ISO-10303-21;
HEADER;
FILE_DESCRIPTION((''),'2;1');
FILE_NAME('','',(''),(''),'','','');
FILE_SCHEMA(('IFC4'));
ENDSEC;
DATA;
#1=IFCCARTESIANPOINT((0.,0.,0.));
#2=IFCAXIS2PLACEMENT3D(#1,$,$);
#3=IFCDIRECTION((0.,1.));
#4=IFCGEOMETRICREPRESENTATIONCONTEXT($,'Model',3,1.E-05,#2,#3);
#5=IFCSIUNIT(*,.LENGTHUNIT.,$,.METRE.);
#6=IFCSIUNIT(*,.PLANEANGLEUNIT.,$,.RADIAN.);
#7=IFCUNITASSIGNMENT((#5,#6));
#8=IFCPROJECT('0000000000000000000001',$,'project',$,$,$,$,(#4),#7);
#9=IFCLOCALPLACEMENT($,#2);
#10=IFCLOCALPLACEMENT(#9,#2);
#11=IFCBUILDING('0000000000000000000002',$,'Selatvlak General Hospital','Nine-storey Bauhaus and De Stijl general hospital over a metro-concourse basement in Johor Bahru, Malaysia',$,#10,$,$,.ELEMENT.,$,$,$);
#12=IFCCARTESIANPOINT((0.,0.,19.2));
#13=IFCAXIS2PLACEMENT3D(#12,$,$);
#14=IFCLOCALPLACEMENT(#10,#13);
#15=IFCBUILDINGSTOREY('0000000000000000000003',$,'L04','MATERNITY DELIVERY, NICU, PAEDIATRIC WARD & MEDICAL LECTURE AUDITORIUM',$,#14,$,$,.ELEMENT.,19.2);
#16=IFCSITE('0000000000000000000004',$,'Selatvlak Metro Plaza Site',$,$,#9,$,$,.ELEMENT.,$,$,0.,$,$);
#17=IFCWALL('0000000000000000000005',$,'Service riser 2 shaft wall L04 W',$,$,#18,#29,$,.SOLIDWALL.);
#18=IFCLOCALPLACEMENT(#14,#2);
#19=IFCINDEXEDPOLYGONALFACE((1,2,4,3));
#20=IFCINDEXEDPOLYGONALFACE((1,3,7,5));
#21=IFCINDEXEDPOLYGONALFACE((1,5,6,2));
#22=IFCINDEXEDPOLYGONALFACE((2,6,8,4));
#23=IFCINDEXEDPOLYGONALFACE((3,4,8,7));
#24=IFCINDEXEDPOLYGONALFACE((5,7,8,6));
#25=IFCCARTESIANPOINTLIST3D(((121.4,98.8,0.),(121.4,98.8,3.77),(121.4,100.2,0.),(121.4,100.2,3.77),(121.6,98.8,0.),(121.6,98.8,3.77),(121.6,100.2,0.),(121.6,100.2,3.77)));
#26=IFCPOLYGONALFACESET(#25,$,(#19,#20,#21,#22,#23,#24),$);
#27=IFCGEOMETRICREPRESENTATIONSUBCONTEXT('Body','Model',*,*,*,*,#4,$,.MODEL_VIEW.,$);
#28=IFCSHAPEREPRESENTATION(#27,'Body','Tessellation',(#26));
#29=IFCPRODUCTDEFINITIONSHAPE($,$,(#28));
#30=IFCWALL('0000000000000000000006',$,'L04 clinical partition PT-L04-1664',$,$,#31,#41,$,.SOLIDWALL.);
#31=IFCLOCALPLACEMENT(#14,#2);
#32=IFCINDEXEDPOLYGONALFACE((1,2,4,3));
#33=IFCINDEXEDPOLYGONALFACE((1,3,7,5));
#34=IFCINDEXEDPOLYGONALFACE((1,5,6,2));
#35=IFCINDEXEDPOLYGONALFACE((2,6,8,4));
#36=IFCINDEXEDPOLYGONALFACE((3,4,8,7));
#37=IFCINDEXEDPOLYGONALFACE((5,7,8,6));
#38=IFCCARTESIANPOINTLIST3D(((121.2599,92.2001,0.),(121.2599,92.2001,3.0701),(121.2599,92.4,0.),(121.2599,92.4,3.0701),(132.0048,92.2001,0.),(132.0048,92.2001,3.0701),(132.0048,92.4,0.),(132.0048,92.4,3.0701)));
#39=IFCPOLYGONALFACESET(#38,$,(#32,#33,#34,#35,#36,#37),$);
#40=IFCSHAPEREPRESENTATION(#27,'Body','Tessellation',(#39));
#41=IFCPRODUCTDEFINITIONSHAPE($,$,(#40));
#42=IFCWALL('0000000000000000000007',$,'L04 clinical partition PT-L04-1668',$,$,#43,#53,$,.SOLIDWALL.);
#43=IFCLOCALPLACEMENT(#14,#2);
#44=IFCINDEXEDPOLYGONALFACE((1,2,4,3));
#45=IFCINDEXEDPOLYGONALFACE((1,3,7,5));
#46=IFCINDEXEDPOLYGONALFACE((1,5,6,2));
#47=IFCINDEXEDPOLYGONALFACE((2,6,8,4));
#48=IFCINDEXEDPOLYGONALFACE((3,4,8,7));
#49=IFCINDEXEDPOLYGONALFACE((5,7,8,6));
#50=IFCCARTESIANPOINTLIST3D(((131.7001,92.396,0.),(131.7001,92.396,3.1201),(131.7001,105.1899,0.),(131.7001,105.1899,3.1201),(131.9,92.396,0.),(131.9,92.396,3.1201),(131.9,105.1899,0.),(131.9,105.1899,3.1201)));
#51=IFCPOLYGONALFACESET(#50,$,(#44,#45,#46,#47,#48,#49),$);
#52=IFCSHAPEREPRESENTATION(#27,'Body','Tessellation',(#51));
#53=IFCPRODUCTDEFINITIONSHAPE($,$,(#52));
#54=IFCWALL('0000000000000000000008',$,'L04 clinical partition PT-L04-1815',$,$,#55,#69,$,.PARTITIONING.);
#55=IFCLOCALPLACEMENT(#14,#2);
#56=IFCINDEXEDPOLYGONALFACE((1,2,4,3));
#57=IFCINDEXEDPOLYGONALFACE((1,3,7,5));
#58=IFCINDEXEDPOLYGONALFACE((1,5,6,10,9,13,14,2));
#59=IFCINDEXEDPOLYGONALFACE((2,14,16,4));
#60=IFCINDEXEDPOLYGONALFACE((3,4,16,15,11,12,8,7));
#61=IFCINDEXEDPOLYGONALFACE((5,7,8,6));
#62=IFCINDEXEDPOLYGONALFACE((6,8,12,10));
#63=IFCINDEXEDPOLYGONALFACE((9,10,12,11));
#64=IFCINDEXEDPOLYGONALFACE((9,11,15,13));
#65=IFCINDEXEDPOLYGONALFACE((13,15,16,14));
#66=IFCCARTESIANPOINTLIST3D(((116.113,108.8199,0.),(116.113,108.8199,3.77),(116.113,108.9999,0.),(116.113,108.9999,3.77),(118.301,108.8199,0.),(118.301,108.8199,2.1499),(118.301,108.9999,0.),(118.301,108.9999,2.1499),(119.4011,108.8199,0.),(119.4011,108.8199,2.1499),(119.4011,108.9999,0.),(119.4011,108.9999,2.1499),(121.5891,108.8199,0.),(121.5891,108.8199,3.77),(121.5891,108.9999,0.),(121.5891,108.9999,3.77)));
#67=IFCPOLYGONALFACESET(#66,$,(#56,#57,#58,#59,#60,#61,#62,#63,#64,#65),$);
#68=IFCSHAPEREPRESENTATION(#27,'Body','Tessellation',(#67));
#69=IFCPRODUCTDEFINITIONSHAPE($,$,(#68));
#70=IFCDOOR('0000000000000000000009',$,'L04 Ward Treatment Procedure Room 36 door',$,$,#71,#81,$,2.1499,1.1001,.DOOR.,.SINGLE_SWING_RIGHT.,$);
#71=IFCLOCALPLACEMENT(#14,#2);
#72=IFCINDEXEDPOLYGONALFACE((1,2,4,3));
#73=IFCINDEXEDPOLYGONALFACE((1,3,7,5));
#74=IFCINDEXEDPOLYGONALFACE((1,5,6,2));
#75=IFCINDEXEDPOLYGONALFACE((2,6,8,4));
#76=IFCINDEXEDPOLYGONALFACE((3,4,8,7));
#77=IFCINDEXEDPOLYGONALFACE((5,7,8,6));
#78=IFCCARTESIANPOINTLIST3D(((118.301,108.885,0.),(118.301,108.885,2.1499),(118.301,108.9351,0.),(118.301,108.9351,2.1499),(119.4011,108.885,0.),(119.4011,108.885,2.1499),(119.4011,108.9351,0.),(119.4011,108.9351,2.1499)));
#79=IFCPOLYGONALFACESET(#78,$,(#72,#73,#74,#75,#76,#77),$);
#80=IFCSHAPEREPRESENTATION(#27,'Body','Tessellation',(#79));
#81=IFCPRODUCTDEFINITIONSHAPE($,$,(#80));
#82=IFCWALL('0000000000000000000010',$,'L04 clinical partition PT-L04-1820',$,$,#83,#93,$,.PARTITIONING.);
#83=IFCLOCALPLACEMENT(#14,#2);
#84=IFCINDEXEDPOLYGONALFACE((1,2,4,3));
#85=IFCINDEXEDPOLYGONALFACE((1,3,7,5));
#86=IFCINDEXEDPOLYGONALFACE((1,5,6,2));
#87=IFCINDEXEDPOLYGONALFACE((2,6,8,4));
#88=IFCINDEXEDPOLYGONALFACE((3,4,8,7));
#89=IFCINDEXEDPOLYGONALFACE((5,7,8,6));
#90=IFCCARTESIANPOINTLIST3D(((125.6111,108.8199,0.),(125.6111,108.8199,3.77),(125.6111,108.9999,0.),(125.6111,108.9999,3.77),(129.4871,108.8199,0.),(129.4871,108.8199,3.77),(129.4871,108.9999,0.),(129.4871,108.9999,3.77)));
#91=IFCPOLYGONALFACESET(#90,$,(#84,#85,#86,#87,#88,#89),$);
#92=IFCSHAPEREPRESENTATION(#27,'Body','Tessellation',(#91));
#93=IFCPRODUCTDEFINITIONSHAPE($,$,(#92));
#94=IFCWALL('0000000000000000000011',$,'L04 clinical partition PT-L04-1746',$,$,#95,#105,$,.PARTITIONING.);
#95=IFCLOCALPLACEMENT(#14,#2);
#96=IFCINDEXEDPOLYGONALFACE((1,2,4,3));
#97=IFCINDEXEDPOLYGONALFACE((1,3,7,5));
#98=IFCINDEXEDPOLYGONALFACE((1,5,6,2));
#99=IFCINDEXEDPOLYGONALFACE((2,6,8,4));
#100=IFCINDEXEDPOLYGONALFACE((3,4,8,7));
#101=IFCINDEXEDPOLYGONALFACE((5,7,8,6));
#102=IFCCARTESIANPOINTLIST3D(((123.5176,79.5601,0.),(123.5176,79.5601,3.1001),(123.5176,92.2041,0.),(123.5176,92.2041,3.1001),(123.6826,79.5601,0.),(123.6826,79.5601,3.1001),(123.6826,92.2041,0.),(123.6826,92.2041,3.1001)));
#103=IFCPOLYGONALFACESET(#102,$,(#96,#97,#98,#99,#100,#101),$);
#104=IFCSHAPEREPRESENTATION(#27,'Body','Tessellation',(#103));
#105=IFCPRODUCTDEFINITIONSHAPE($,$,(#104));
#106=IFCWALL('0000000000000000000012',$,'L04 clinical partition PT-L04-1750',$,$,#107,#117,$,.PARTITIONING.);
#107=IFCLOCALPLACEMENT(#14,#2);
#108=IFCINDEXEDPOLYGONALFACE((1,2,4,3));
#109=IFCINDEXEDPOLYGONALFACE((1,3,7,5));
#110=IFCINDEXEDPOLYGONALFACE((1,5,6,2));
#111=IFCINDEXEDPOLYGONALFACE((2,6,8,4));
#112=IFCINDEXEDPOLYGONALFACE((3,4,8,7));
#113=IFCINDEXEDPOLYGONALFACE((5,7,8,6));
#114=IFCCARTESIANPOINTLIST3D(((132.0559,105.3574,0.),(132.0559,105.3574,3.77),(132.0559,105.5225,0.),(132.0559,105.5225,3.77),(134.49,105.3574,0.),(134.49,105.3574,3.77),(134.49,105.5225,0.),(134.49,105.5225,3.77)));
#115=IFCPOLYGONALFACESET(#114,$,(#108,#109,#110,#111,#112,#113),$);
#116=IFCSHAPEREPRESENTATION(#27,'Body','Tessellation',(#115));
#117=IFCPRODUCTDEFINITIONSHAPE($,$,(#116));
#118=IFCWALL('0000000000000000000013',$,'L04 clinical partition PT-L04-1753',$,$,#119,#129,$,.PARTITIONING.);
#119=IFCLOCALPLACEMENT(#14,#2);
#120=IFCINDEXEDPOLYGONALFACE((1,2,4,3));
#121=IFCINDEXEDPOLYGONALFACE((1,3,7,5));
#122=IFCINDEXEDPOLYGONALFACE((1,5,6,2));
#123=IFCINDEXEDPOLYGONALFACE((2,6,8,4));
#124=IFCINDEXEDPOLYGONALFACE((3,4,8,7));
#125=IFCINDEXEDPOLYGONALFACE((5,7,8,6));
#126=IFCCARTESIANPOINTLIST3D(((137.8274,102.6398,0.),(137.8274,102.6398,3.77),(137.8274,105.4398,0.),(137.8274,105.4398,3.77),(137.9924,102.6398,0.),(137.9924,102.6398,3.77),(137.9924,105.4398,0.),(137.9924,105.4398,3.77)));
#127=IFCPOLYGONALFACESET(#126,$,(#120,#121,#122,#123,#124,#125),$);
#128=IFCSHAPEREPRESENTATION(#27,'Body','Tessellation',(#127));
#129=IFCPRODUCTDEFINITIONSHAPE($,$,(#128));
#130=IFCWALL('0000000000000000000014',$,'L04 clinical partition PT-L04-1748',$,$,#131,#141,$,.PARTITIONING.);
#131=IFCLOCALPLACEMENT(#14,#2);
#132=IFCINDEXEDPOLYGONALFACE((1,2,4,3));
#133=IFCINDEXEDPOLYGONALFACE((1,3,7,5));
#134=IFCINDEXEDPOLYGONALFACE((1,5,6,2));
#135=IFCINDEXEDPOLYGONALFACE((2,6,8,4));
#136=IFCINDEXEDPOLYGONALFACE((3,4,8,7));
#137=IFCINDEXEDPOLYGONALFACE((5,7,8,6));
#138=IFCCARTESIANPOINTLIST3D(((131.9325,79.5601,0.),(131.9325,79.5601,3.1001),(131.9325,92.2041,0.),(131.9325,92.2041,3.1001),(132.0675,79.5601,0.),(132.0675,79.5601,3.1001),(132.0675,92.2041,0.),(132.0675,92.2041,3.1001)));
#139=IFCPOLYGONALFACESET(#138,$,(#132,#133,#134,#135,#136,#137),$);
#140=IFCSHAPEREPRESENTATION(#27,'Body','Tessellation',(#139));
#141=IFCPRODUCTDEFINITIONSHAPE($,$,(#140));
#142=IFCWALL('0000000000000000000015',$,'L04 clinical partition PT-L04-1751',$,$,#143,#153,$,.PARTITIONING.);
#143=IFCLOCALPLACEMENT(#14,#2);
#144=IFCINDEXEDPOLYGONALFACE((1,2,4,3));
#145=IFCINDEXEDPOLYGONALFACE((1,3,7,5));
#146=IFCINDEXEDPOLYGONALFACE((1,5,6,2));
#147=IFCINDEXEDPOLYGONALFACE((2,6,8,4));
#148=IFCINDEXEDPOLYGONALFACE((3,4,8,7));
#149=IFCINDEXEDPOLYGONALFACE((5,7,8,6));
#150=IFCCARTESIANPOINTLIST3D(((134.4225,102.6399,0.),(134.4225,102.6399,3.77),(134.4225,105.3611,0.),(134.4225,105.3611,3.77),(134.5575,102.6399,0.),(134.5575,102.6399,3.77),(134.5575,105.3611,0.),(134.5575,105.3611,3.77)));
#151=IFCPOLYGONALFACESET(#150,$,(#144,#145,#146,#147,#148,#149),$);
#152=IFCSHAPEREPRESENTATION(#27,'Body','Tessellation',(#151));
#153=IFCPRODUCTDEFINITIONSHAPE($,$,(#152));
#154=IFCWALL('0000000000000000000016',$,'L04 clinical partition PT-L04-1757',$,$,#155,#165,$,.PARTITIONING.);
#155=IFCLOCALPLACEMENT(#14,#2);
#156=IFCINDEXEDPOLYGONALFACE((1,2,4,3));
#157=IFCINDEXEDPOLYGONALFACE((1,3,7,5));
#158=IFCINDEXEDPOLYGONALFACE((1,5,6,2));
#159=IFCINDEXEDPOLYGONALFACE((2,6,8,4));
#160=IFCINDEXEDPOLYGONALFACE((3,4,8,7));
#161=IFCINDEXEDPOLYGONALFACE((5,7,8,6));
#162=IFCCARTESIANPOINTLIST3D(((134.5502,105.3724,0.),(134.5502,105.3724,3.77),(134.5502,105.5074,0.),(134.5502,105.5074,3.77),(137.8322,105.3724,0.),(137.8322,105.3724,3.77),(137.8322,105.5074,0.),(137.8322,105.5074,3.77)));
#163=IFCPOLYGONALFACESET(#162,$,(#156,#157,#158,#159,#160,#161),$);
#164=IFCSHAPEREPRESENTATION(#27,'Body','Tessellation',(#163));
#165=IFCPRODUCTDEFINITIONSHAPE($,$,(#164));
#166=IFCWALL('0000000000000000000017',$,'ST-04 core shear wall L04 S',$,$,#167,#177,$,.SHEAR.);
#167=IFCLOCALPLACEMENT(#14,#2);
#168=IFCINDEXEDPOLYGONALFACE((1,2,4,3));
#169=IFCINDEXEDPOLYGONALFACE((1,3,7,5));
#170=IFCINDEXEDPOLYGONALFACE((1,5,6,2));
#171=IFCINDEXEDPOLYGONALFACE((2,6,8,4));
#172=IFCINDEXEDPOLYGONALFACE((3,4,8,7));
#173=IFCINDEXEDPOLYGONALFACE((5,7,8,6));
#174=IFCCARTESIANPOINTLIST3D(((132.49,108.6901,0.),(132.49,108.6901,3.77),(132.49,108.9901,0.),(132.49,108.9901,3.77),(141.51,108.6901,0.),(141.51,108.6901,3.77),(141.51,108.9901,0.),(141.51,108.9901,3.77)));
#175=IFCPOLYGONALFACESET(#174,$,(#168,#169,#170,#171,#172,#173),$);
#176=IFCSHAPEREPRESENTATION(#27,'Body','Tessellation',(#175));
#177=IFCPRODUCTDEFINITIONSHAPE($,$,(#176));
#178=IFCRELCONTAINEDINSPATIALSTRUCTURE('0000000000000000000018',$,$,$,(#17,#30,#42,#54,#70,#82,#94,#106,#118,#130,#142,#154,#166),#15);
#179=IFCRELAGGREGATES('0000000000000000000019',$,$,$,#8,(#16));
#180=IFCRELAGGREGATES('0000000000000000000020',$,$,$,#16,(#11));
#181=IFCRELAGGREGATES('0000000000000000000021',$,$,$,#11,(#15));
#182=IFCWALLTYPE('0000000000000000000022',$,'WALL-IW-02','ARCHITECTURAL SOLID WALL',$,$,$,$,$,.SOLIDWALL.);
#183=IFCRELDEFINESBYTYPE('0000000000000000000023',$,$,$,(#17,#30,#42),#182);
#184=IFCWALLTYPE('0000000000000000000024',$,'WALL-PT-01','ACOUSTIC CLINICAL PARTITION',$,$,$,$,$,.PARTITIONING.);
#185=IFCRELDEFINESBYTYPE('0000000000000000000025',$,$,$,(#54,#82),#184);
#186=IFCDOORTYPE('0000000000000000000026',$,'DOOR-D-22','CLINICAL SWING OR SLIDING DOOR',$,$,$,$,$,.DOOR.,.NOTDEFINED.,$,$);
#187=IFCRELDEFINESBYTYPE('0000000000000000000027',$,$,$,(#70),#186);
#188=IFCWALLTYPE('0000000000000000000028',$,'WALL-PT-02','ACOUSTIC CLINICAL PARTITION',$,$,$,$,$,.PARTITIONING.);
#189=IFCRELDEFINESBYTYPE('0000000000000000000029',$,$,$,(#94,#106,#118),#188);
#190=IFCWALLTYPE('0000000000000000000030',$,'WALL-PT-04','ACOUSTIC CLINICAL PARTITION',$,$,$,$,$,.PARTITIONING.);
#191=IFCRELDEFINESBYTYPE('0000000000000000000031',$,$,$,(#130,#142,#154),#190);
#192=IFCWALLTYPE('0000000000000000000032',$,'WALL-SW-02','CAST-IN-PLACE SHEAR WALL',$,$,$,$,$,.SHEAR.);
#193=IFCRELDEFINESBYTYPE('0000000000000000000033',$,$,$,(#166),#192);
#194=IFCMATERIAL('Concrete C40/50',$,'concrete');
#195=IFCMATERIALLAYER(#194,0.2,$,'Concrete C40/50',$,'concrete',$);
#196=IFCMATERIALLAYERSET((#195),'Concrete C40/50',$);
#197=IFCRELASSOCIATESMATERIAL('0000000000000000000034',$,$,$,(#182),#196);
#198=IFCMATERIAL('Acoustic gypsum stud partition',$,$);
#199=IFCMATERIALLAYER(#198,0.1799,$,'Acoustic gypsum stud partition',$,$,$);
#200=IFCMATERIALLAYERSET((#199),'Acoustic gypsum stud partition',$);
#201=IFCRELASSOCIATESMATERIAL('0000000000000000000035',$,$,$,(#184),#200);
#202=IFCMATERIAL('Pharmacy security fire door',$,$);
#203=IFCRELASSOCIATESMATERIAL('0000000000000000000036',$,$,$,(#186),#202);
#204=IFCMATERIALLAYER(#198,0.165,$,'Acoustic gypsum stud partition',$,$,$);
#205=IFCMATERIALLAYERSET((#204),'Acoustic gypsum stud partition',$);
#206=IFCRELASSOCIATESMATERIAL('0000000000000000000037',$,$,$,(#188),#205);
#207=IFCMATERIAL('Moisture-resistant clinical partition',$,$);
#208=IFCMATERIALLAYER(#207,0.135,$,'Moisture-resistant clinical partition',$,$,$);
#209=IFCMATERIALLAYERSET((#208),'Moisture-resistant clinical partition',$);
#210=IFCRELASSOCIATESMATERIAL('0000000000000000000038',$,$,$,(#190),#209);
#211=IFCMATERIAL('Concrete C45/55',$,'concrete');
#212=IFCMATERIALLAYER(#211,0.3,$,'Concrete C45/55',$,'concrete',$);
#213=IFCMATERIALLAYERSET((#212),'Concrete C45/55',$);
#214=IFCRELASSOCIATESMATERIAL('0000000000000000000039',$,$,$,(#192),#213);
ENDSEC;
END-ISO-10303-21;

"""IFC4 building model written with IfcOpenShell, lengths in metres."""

from ifc_helpers import new_model, si_unit, direction, frame, frame_2d, origin, place, context, subcontext, project, spatial, rectangle, extrude, material, layer, layer_set, type_object, element, fill, save


model = new_model("IFC4")

# Units and contexts
model_context = context("Model", 3, precision=1e-05, world=origin(), true_north=direction((0.0, 1.0)))
body_context = subcontext(model_context, "Body", "Model", "MODEL_VIEW")
ifc_project = project(units=[si_unit("LENGTHUNIT", "METRE"), si_unit("PLANEANGLEUNIT", "RADIAN")], contexts=[model_context])

# Site, building, storey
site_placement = place(None, origin())
site = spatial("IfcSite", under=ifc_project, at=site_placement, Name="Selatvlak Metro Plaza Site", CompositionType="ELEMENT", RefElevation=0.0)
building_placement = place(site_placement, origin())
building = spatial("IfcBuilding", under=site, at=building_placement, Name="Selatvlak General Hospital", Description="Nine-storey Bauhaus and De Stijl general hospital over a metro-concourse basement in Johor Bahru, Malaysia", CompositionType="ELEMENT")
storey_placement = place(building_placement, frame((0.0, 0.0, 19.2)))
storey = spatial("IfcBuildingStorey", under=building, at=storey_placement, Name="L04", Description="MATERNITY DELIVERY, NICU, PAEDIATRIC WARD & MEDICAL LECTURE AUDITORIUM", CompositionType="ELEMENT", Elevation=19.2)

# Shared definitions
ifc_material_1 = material(Name="Concrete C40/50", Category="concrete")

# Walls
ifc_layer_1 = layer(ifc_material_1, 0.2, Name="Concrete C40/50", Category="concrete")
ifc_layer_set_1 = layer_set([ifc_layer_1], Name="Concrete C40/50")
wall_type_1 = type_object("IfcWallType", Name="WALL-IW-02", Description="ARCHITECTURAL SOLID WALL", PredefinedType="SOLIDWALL", material=ifc_layer_set_1)
wall_1_placement = place(storey_placement, frame((121.5, 100.2, 0.0), z_axis=(0.0, 0.0, 1.0), x_axis=(0.0, -1.0, 0.0)))
element("IfcWall", 1, at=wall_1_placement, inside=storey, type_object=wall_type_1, Name="Service riser 2 shaft wall L04 W", PredefinedType="SOLIDWALL", context=body_context, shape_type="SweptSolid", body=[
    extrude(rectangle(XDim=1.3999, YDim=0.2, at=frame_2d((0.7, 0.0))), origin(), (0.0, 0.0, 1.0), 3.77),
])
wall_2_placement = place(storey_placement, frame((132.0049, 92.3, 0.0), z_axis=(0.0, 0.0, 1.0), x_axis=(-1.0, 0.0, 0.0)))
element("IfcWall", 2, at=wall_2_placement, inside=storey, type_object=wall_type_1, Name="L04 clinical partition PT-L04-1664", PredefinedType="SOLIDWALL", context=body_context, shape_type="SweptSolid", body=[
    extrude(rectangle(XDim=10.7449, YDim=0.2, at=frame_2d((5.3726, 0.0))), origin(), (0.0, 0.0, 1.0), 3.0701),
])
wall_3_placement = place(storey_placement, frame((131.8, 105.1899, 0.0), z_axis=(0.0, 0.0, 1.0), x_axis=(0.0, -1.0, 0.0)))
element("IfcWall", 3, at=wall_3_placement, inside=storey, type_object=wall_type_1, Name="L04 clinical partition PT-L04-1668", PredefinedType="SOLIDWALL", context=body_context, shape_type="SweptSolid", body=[
    extrude(rectangle(XDim=12.7939, YDim=0.2, at=frame_2d((6.397, 0.0))), origin(), (0.0, 0.0, 1.0), 3.1201),
])

# Wall, opening, door
ifc_material_2 = material(Name="Acoustic gypsum stud partition")
ifc_layer_2 = layer(ifc_material_2, 0.1799, Name="Acoustic gypsum stud partition")
ifc_layer_set_2 = layer_set([ifc_layer_2], Name="Acoustic gypsum stud partition")
wall_type_2 = type_object("IfcWallType", Name="WALL-PT-01", Description="ACOUSTIC CLINICAL PARTITION", PredefinedType="PARTITIONING", material=ifc_layer_set_2)
wall_4_placement = place(storey_placement, frame((121.5891, 108.9099, 0.0), z_axis=(0.0, 0.0, 1.0), x_axis=(-1.0, 0.0, 0.0)))
wall_4 = element("IfcWall", 4, at=wall_4_placement, inside=storey, type_object=wall_type_2, Name="L04 clinical partition PT-L04-1815", PredefinedType="PARTITIONING", context=body_context, shape_type="SweptSolid", body=[
    extrude(rectangle(XDim=5.4761, YDim=0.1799, at=frame_2d((2.738, 0.0))), origin(), (0.0, 0.0, 1.0), 3.77),
])
opening_1_placement = place(wall_4_placement, frame((2.188, 0.0, 0.0)))
opening_1 = element("IfcOpeningElement", 5, at=opening_1_placement, cuts=wall_4, PredefinedType="OPENING", context=body_context, shape_type="SweptSolid", body=[
    extrude(rectangle(XDim=1.1001, YDim=2.1499, at=frame_2d((0.55, 1.075))), frame((0.0, 0.0999, 0.0), z_axis=(0.0, -1.0, 0.0), x_axis=(1.0, 0.0, 0.0)), (0.0, 0.0, 1.0), 0.2),
])
ifc_material_3 = material(Name="Pharmacy security fire door")
door_type_1 = type_object("IfcDoorType", Name="DOOR-D-22", Description="CLINICAL SWING OR SLIDING DOOR", OperationType="NOTDEFINED", PredefinedType="DOOR", material=ifc_material_3)
door_1_placement = place(opening_1_placement, origin())
door_1 = element("IfcDoor", 6, at=door_1_placement, inside=storey, type_object=door_type_1, Name="L04 Ward Treatment Procedure Room 36 door", OperationType="SINGLE_SWING_RIGHT", OverallHeight=2.1499, OverallWidth=1.1001, PredefinedType="DOOR", context=body_context, shape_type="SweptSolid", body=[
    extrude(rectangle(XDim=1.1001, YDim=2.1499, at=frame_2d((0.55, 1.075))), frame((0.0, 0.0249, 0.0), z_axis=(0.0, -1.0, 0.0), x_axis=(1.0, 0.0, 0.0)), (0.0, 0.0, 1.0), 0.05),
])
fill(opening_1, door_1)

# Walls
wall_5_placement = place(storey_placement, frame((129.4871, 108.9099, 0.0), z_axis=(0.0, 0.0, 1.0), x_axis=(-1.0, 0.0, 0.0)))
element("IfcWall", 7, at=wall_5_placement, inside=storey, type_object=wall_type_2, Name="L04 clinical partition PT-L04-1820", PredefinedType="PARTITIONING", context=body_context, shape_type="SweptSolid", body=[
    extrude(rectangle(XDim=3.876, YDim=0.1799, at=frame_2d((1.938, 0.0))), origin(), (0.0, 0.0, 1.0), 3.77),
])
ifc_layer_3 = layer(ifc_material_2, 0.165, Name="Acoustic gypsum stud partition")
ifc_layer_set_3 = layer_set([ifc_layer_3], Name="Acoustic gypsum stud partition")
wall_type_3 = type_object("IfcWallType", Name="WALL-PT-02", Description="ACOUSTIC CLINICAL PARTITION", PredefinedType="PARTITIONING", material=ifc_layer_set_3)
wall_6_placement = place(storey_placement, frame((123.6001, 92.2041, 0.0), z_axis=(0.0, 0.0, 1.0), x_axis=(0.0, -1.0, 0.0)))
element("IfcWall", 8, at=wall_6_placement, inside=storey, type_object=wall_type_3, Name="L04 clinical partition PT-L04-1746", PredefinedType="PARTITIONING", context=body_context, shape_type="SweptSolid", body=[
    extrude(rectangle(XDim=12.644, YDim=0.165, at=frame_2d((6.322, 0.0))), origin(), (0.0, 0.0, 1.0), 3.1001),
])
wall_7_placement = place(storey_placement, frame((132.0559, 105.4399, 0.0), z_axis=(0.0, 0.0, 1.0), x_axis=(1.0, 0.0, 0.0)))
element("IfcWall", 9, at=wall_7_placement, inside=storey, type_object=wall_type_3, Name="L04 clinical partition PT-L04-1750", PredefinedType="PARTITIONING", context=body_context, shape_type="SweptSolid", body=[
    extrude(rectangle(XDim=2.4341, YDim=0.165, at=frame_2d((1.217, 0.0))), origin(), (0.0, 0.0, 1.0), 3.77),
])
wall_8_placement = place(storey_placement, frame((137.9099, 102.6399, 0.0), z_axis=(0.0, 0.0, 1.0), x_axis=(0.0, 1.0, 0.0)))
element("IfcWall", 10, at=wall_8_placement, inside=storey, type_object=wall_type_3, Name="L04 clinical partition PT-L04-1753", PredefinedType="PARTITIONING", context=body_context, shape_type="SweptSolid", body=[
    extrude(rectangle(XDim=2.8, YDim=0.165, at=frame_2d((1.3999, 0.0))), origin(), (0.0, 0.0, 1.0), 3.77),
])
ifc_material_4 = material(Name="Moisture-resistant clinical partition")
ifc_layer_4 = layer(ifc_material_4, 0.135, Name="Moisture-resistant clinical partition")
ifc_layer_set_4 = layer_set([ifc_layer_4], Name="Moisture-resistant clinical partition")
wall_type_4 = type_object("IfcWallType", Name="WALL-PT-04", Description="ACOUSTIC CLINICAL PARTITION", PredefinedType="PARTITIONING", material=ifc_layer_set_4)
wall_9_placement = place(storey_placement, frame((132.0, 92.2041, 0.0), z_axis=(0.0, 0.0, 1.0), x_axis=(0.0, -1.0, 0.0)))
element("IfcWall", 11, at=wall_9_placement, inside=storey, type_object=wall_type_4, Name="L04 clinical partition PT-L04-1748", PredefinedType="PARTITIONING", context=body_context, shape_type="SweptSolid", body=[
    extrude(rectangle(XDim=12.644, YDim=0.135, at=frame_2d((6.322, 0.0))), origin(), (0.0, 0.0, 1.0), 3.1001),
])
wall_10_placement = place(storey_placement, frame((134.49, 105.3611, 0.0), z_axis=(0.0, 0.0, 1.0), x_axis=(0.0, -1.0, 0.0)))
element("IfcWall", 12, at=wall_10_placement, inside=storey, type_object=wall_type_4, Name="L04 clinical partition PT-L04-1751", PredefinedType="PARTITIONING", context=body_context, shape_type="SweptSolid", body=[
    extrude(rectangle(XDim=2.7212, YDim=0.135, at=frame_2d((1.3606, 0.0))), origin(), (0.0, 0.0, 1.0), 3.77),
])
wall_11_placement = place(storey_placement, frame((134.55, 105.4399, 0.0), z_axis=(0.0, 0.0, 1.0), x_axis=(1.0, 0.0, 0.0)))
element("IfcWall", 13, at=wall_11_placement, inside=storey, type_object=wall_type_4, Name="L04 clinical partition PT-L04-1757", PredefinedType="PARTITIONING", context=body_context, shape_type="SweptSolid", body=[
    extrude(rectangle(XDim=3.282, YDim=0.135, at=frame_2d((1.6411, 0.0))), origin(), (0.0, 0.0, 1.0), 3.77),
])
ifc_material_5 = material(Name="Concrete C45/55", Category="concrete")
ifc_layer_5 = layer(ifc_material_5, 0.3, Name="Concrete C45/55", Category="concrete")
ifc_layer_set_5 = layer_set([ifc_layer_5], Name="Concrete C45/55")
wall_type_5 = type_object("IfcWallType", Name="WALL-SW-02", Description="CAST-IN-PLACE SHEAR WALL", PredefinedType="SHEAR", material=ifc_layer_set_5)
wall_12_placement = place(storey_placement, frame((132.49, 108.8401, 0.0), z_axis=(0.0, 0.0, 1.0), x_axis=(1.0, 0.0, 0.0)))
element("IfcWall", 14, at=wall_12_placement, inside=storey, type_object=wall_type_5, Name="ST-04 core shear wall L04 S", PredefinedType="SHEAR", context=body_context, shape_type="SweptSolid", body=[
    extrude(rectangle(XDim=9.02, YDim=0.3, at=frame_2d((4.51, 0.0))), origin(), (0.0, 0.0, 1.0), 3.77),
])

save(model, "model.ifc")
